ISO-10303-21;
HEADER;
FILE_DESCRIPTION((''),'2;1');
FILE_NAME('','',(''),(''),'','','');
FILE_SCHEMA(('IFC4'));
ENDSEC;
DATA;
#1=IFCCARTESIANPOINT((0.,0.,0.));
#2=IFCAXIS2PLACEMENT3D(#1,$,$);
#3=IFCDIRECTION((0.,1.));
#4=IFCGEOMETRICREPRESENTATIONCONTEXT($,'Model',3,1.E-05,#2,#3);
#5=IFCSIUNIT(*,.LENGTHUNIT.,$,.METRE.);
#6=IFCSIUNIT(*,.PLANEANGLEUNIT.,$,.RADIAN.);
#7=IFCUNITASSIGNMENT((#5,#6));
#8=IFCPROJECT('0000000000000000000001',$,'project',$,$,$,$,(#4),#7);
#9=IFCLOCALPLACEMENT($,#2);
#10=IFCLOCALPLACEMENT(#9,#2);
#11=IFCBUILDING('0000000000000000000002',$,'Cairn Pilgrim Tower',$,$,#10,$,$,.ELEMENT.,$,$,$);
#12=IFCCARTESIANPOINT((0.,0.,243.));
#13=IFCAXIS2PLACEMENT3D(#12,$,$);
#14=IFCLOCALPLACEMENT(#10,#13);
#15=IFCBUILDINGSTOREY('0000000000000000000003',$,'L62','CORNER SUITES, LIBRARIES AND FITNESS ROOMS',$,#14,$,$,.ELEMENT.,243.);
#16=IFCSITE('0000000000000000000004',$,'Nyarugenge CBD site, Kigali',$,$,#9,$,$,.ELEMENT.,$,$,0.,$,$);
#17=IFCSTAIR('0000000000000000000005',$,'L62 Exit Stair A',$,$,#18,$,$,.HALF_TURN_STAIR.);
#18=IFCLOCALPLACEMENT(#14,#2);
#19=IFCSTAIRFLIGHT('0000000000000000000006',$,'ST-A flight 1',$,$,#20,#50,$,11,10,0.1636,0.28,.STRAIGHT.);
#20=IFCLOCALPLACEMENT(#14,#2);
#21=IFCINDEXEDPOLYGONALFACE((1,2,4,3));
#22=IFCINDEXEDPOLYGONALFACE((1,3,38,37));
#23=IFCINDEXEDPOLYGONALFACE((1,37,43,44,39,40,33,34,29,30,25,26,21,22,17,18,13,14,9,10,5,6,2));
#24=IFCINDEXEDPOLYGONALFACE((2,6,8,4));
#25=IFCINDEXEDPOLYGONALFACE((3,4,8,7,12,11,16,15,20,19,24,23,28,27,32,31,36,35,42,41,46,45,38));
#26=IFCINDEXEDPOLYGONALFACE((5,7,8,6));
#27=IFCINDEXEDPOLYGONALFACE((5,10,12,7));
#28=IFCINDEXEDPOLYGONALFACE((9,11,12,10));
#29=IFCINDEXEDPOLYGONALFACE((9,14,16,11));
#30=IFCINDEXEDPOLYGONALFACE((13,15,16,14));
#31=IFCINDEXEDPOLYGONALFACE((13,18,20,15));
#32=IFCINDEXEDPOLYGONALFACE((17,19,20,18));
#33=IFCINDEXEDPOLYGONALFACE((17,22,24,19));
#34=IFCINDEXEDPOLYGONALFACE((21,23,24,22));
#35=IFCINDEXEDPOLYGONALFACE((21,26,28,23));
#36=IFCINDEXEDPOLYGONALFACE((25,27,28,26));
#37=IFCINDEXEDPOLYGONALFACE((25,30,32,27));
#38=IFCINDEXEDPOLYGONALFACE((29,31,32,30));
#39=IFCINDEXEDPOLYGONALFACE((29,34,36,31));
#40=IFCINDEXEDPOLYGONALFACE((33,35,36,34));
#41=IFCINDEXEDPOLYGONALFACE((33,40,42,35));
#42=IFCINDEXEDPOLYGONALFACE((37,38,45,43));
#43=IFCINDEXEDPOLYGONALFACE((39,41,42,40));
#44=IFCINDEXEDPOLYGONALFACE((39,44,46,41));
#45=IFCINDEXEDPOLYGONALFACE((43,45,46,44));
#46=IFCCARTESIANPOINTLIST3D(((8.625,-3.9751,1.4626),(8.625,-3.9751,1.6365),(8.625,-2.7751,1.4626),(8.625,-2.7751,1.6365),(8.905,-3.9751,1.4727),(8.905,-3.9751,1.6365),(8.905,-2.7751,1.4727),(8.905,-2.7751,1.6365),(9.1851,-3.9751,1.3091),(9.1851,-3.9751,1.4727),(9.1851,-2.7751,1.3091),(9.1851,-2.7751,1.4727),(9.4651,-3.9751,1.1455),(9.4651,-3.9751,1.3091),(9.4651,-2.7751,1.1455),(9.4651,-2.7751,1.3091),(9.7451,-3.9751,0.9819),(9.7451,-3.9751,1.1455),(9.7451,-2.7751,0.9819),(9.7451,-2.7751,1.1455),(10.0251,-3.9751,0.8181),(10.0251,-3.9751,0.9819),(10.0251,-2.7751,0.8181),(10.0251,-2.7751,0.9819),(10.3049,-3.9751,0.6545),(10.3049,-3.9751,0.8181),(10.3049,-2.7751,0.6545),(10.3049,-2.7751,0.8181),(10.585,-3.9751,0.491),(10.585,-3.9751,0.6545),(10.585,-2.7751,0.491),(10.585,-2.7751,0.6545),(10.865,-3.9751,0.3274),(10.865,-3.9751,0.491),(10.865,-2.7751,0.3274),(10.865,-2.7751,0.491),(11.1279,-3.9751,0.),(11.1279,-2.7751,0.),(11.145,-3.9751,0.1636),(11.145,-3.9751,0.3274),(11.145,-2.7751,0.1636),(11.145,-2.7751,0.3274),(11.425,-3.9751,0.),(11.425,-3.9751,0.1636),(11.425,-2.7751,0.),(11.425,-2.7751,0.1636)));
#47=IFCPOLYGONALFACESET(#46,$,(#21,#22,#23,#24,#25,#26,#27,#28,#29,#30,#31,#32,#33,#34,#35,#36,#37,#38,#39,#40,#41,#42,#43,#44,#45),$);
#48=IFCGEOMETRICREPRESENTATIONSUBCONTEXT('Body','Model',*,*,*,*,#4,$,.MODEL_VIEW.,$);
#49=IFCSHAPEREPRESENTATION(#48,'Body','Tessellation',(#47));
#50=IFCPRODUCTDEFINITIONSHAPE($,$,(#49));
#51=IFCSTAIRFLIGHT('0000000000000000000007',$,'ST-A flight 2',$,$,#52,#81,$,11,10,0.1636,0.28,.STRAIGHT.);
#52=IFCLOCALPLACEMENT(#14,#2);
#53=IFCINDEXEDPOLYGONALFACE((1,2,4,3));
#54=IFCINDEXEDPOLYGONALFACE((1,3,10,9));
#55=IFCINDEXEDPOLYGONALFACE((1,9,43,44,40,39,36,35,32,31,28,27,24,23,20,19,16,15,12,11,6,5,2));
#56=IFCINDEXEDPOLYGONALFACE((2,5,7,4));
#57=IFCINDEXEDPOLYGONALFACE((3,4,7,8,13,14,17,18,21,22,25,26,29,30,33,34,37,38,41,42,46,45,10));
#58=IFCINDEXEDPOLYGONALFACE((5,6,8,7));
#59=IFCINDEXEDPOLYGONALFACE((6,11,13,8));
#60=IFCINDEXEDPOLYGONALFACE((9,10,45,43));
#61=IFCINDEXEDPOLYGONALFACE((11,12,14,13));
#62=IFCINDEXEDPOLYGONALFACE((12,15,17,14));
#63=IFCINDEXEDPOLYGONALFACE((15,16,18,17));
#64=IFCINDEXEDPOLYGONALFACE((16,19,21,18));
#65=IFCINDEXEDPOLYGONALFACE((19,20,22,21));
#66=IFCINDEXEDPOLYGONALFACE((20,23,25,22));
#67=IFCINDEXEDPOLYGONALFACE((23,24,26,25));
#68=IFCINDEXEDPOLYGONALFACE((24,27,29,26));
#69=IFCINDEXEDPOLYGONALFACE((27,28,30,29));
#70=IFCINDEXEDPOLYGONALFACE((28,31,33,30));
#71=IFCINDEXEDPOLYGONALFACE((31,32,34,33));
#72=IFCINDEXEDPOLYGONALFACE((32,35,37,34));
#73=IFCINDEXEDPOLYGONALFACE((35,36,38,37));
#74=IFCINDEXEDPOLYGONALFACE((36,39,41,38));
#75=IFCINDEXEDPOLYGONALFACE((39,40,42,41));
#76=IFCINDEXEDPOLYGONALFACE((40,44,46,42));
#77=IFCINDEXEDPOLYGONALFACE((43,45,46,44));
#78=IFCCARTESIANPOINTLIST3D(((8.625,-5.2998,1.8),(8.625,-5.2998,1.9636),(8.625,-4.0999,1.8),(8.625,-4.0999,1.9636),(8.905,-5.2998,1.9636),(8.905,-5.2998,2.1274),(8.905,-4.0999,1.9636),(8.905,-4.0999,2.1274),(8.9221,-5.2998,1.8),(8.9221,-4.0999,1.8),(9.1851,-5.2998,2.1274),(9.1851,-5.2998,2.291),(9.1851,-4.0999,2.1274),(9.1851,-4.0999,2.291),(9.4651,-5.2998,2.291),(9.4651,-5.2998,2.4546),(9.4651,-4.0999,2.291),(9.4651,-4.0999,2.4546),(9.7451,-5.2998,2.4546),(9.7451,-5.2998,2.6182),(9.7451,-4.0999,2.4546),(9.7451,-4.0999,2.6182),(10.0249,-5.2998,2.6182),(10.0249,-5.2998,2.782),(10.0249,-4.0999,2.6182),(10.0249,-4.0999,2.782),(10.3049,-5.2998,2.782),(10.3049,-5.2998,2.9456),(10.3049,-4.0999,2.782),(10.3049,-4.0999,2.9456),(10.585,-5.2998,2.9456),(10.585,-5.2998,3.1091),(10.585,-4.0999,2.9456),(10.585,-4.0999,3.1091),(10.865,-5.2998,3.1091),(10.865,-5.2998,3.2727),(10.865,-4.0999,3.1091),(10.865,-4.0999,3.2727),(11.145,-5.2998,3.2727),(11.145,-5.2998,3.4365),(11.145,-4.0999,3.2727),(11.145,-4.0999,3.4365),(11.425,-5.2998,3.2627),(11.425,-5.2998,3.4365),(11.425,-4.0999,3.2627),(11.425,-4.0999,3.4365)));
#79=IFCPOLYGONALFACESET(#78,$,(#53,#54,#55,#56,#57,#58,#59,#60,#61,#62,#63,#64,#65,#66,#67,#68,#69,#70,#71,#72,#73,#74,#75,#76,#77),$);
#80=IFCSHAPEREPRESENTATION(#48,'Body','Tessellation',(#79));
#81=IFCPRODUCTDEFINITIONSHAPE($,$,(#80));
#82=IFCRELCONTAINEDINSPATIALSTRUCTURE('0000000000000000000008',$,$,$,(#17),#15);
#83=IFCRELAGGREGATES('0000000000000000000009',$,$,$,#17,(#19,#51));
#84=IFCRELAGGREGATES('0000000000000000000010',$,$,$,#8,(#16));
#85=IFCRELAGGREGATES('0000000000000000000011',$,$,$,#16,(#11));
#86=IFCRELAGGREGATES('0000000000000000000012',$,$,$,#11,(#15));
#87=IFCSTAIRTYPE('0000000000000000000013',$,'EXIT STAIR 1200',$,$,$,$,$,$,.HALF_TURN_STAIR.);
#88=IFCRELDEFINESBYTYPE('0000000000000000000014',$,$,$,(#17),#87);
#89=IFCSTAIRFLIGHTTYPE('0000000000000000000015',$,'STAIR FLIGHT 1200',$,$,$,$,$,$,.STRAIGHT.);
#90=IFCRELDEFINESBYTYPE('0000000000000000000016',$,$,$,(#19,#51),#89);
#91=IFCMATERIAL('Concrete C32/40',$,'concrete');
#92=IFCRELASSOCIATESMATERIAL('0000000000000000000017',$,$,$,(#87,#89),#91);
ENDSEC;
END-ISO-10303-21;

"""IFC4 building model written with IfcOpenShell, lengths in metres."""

from ifc_helpers import new_model, si_unit, direction, frame, origin, place, context, subcontext, project, spatial, polyline, outline, extrude, material, type_object, element, aggregate, save


model = new_model("IFC4")

# Units and contexts
model_context = context("Model", 3, precision=1e-05, world=origin(), true_north=direction((0.0, 1.0)))
body_context = subcontext(model_context, "Body", "Model", "MODEL_VIEW")
ifc_project = project(units=[si_unit("LENGTHUNIT", "METRE"), si_unit("PLANEANGLEUNIT", "RADIAN")], contexts=[model_context])

# Site, building, storey
site_placement = place(None, origin())
site = spatial("IfcSite", under=ifc_project, at=site_placement, Name="Nyarugenge CBD site, Kigali", CompositionType="ELEMENT", RefElevation=0.0)
building_placement = place(site_placement, origin())
building = spatial("IfcBuilding", under=site, at=building_placement, Name="Cairn Pilgrim Tower", CompositionType="ELEMENT")
storey_placement = place(building_placement, frame((0.0, 0.0, 243.0)))
storey = spatial("IfcBuildingStorey", under=building, at=storey_placement, Name="L62", Description="CORNER SUITES, LIBRARIES AND FITNESS ROOMS", CompositionType="ELEMENT", Elevation=243.0)

# Stair
ifc_material_1 = material(Name="Concrete C32/40", Category="concrete")
stair_type = type_object("IfcStairType", Name="EXIT STAIR 1200", PredefinedType="HALF_TURN_STAIR", material=ifc_material_1)
stair_1_placement = place(storey_placement, origin())
stair_1 = element("IfcStair", 1, at=stair_1_placement, inside=storey, type_object=stair_type, Name="L62 Exit Stair A", PredefinedType="HALF_TURN_STAIR")

# Stair flights
stair_flight_type = type_object("IfcStairFlightType", Name="STAIR FLIGHT 1200", PredefinedType="STRAIGHT", material=ifc_material_1)
stair_flight_1_placement = place(storey_placement, frame((11.425, -3.375, 0.0), z_axis=(0.0, 0.0, 1.0), x_axis=(-1.0, 0.0, 0.0)))
stair_flight_1 = element("IfcStairFlight", 2, at=stair_flight_1_placement, type_object=stair_flight_type, Name="ST-A flight 1", NumberOfRisers=11, NumberOfTreads=10, PredefinedType="STRAIGHT", RiserHeight=0.1636, TreadLength=0.28, context=body_context, shape_type="SweptSolid", body=[
    extrude(outline(polyline([(0.0, 0.0), (0.0, 0.1636), (0.28, 0.1636), (0.28, 0.3274), (0.5601, 0.3274), (0.5601, 0.491), (0.8401, 0.491), (0.8401, 0.6545), (1.1201, 0.6545), (1.1201, 0.8181), (1.3999, 0.8181), (1.3999, 0.9819), (1.6799, 0.9819), (1.6799, 1.1455), (1.96, 1.1455), (1.96, 1.3091), (2.24, 1.3091), (2.24, 1.4727), (2.52, 1.4727), (2.52, 1.6365), (2.8, 1.6365), (2.8, 1.8), (2.8, 1.4626), (0.2971, 0.0), (0.0, 0.0)])), frame((0.0, 0.6001, 0.0), z_axis=(0.0, -1.0, 0.0), x_axis=(1.0, 0.0, 0.0)), (0.0, 0.0, 1.0), 1.2),
])
stair_flight_2_placement = place(storey_placement, frame((8.625, -4.7, 1.8), z_axis=(0.0, 0.0, 1.0), x_axis=(1.0, 0.0, 0.0)))
stair_flight_2 = element("IfcStairFlight", 3, at=stair_flight_2_placement, type_object=stair_flight_type, Name="ST-A flight 2", NumberOfRisers=11, NumberOfTreads=10, PredefinedType="STRAIGHT", RiserHeight=0.1636, TreadLength=0.28, context=body_context, shape_type="SweptSolid", body=[
    extrude(outline(polyline([(0.0, 0.0), (0.0, 0.1636), (0.28, 0.1636), (0.28, 0.3274), (0.5601, 0.3274), (0.5601, 0.491), (0.8401, 0.491), (0.8401, 0.6545), (1.1201, 0.6545), (1.1201, 0.8181), (1.3999, 0.8181), (1.3999, 0.9819), (1.6799, 0.9819), (1.6799, 1.1455), (1.96, 1.1455), (1.96, 1.3091), (2.24, 1.3091), (2.24, 1.4727), (2.52, 1.4727), (2.52, 1.6365), (2.8, 1.6365), (2.8, 1.8), (2.8, 1.4626), (0.2971, 0.0), (0.0, 0.0)])), frame((0.0, 0.6001, 0.0), z_axis=(0.0, -1.0, 0.0), x_axis=(1.0, 0.0, 0.0)), (0.0, 0.0, 1.0), 1.2),
])
aggregate(stair_1, [stair_flight_1, stair_flight_2])

save(model, "model.ifc")
